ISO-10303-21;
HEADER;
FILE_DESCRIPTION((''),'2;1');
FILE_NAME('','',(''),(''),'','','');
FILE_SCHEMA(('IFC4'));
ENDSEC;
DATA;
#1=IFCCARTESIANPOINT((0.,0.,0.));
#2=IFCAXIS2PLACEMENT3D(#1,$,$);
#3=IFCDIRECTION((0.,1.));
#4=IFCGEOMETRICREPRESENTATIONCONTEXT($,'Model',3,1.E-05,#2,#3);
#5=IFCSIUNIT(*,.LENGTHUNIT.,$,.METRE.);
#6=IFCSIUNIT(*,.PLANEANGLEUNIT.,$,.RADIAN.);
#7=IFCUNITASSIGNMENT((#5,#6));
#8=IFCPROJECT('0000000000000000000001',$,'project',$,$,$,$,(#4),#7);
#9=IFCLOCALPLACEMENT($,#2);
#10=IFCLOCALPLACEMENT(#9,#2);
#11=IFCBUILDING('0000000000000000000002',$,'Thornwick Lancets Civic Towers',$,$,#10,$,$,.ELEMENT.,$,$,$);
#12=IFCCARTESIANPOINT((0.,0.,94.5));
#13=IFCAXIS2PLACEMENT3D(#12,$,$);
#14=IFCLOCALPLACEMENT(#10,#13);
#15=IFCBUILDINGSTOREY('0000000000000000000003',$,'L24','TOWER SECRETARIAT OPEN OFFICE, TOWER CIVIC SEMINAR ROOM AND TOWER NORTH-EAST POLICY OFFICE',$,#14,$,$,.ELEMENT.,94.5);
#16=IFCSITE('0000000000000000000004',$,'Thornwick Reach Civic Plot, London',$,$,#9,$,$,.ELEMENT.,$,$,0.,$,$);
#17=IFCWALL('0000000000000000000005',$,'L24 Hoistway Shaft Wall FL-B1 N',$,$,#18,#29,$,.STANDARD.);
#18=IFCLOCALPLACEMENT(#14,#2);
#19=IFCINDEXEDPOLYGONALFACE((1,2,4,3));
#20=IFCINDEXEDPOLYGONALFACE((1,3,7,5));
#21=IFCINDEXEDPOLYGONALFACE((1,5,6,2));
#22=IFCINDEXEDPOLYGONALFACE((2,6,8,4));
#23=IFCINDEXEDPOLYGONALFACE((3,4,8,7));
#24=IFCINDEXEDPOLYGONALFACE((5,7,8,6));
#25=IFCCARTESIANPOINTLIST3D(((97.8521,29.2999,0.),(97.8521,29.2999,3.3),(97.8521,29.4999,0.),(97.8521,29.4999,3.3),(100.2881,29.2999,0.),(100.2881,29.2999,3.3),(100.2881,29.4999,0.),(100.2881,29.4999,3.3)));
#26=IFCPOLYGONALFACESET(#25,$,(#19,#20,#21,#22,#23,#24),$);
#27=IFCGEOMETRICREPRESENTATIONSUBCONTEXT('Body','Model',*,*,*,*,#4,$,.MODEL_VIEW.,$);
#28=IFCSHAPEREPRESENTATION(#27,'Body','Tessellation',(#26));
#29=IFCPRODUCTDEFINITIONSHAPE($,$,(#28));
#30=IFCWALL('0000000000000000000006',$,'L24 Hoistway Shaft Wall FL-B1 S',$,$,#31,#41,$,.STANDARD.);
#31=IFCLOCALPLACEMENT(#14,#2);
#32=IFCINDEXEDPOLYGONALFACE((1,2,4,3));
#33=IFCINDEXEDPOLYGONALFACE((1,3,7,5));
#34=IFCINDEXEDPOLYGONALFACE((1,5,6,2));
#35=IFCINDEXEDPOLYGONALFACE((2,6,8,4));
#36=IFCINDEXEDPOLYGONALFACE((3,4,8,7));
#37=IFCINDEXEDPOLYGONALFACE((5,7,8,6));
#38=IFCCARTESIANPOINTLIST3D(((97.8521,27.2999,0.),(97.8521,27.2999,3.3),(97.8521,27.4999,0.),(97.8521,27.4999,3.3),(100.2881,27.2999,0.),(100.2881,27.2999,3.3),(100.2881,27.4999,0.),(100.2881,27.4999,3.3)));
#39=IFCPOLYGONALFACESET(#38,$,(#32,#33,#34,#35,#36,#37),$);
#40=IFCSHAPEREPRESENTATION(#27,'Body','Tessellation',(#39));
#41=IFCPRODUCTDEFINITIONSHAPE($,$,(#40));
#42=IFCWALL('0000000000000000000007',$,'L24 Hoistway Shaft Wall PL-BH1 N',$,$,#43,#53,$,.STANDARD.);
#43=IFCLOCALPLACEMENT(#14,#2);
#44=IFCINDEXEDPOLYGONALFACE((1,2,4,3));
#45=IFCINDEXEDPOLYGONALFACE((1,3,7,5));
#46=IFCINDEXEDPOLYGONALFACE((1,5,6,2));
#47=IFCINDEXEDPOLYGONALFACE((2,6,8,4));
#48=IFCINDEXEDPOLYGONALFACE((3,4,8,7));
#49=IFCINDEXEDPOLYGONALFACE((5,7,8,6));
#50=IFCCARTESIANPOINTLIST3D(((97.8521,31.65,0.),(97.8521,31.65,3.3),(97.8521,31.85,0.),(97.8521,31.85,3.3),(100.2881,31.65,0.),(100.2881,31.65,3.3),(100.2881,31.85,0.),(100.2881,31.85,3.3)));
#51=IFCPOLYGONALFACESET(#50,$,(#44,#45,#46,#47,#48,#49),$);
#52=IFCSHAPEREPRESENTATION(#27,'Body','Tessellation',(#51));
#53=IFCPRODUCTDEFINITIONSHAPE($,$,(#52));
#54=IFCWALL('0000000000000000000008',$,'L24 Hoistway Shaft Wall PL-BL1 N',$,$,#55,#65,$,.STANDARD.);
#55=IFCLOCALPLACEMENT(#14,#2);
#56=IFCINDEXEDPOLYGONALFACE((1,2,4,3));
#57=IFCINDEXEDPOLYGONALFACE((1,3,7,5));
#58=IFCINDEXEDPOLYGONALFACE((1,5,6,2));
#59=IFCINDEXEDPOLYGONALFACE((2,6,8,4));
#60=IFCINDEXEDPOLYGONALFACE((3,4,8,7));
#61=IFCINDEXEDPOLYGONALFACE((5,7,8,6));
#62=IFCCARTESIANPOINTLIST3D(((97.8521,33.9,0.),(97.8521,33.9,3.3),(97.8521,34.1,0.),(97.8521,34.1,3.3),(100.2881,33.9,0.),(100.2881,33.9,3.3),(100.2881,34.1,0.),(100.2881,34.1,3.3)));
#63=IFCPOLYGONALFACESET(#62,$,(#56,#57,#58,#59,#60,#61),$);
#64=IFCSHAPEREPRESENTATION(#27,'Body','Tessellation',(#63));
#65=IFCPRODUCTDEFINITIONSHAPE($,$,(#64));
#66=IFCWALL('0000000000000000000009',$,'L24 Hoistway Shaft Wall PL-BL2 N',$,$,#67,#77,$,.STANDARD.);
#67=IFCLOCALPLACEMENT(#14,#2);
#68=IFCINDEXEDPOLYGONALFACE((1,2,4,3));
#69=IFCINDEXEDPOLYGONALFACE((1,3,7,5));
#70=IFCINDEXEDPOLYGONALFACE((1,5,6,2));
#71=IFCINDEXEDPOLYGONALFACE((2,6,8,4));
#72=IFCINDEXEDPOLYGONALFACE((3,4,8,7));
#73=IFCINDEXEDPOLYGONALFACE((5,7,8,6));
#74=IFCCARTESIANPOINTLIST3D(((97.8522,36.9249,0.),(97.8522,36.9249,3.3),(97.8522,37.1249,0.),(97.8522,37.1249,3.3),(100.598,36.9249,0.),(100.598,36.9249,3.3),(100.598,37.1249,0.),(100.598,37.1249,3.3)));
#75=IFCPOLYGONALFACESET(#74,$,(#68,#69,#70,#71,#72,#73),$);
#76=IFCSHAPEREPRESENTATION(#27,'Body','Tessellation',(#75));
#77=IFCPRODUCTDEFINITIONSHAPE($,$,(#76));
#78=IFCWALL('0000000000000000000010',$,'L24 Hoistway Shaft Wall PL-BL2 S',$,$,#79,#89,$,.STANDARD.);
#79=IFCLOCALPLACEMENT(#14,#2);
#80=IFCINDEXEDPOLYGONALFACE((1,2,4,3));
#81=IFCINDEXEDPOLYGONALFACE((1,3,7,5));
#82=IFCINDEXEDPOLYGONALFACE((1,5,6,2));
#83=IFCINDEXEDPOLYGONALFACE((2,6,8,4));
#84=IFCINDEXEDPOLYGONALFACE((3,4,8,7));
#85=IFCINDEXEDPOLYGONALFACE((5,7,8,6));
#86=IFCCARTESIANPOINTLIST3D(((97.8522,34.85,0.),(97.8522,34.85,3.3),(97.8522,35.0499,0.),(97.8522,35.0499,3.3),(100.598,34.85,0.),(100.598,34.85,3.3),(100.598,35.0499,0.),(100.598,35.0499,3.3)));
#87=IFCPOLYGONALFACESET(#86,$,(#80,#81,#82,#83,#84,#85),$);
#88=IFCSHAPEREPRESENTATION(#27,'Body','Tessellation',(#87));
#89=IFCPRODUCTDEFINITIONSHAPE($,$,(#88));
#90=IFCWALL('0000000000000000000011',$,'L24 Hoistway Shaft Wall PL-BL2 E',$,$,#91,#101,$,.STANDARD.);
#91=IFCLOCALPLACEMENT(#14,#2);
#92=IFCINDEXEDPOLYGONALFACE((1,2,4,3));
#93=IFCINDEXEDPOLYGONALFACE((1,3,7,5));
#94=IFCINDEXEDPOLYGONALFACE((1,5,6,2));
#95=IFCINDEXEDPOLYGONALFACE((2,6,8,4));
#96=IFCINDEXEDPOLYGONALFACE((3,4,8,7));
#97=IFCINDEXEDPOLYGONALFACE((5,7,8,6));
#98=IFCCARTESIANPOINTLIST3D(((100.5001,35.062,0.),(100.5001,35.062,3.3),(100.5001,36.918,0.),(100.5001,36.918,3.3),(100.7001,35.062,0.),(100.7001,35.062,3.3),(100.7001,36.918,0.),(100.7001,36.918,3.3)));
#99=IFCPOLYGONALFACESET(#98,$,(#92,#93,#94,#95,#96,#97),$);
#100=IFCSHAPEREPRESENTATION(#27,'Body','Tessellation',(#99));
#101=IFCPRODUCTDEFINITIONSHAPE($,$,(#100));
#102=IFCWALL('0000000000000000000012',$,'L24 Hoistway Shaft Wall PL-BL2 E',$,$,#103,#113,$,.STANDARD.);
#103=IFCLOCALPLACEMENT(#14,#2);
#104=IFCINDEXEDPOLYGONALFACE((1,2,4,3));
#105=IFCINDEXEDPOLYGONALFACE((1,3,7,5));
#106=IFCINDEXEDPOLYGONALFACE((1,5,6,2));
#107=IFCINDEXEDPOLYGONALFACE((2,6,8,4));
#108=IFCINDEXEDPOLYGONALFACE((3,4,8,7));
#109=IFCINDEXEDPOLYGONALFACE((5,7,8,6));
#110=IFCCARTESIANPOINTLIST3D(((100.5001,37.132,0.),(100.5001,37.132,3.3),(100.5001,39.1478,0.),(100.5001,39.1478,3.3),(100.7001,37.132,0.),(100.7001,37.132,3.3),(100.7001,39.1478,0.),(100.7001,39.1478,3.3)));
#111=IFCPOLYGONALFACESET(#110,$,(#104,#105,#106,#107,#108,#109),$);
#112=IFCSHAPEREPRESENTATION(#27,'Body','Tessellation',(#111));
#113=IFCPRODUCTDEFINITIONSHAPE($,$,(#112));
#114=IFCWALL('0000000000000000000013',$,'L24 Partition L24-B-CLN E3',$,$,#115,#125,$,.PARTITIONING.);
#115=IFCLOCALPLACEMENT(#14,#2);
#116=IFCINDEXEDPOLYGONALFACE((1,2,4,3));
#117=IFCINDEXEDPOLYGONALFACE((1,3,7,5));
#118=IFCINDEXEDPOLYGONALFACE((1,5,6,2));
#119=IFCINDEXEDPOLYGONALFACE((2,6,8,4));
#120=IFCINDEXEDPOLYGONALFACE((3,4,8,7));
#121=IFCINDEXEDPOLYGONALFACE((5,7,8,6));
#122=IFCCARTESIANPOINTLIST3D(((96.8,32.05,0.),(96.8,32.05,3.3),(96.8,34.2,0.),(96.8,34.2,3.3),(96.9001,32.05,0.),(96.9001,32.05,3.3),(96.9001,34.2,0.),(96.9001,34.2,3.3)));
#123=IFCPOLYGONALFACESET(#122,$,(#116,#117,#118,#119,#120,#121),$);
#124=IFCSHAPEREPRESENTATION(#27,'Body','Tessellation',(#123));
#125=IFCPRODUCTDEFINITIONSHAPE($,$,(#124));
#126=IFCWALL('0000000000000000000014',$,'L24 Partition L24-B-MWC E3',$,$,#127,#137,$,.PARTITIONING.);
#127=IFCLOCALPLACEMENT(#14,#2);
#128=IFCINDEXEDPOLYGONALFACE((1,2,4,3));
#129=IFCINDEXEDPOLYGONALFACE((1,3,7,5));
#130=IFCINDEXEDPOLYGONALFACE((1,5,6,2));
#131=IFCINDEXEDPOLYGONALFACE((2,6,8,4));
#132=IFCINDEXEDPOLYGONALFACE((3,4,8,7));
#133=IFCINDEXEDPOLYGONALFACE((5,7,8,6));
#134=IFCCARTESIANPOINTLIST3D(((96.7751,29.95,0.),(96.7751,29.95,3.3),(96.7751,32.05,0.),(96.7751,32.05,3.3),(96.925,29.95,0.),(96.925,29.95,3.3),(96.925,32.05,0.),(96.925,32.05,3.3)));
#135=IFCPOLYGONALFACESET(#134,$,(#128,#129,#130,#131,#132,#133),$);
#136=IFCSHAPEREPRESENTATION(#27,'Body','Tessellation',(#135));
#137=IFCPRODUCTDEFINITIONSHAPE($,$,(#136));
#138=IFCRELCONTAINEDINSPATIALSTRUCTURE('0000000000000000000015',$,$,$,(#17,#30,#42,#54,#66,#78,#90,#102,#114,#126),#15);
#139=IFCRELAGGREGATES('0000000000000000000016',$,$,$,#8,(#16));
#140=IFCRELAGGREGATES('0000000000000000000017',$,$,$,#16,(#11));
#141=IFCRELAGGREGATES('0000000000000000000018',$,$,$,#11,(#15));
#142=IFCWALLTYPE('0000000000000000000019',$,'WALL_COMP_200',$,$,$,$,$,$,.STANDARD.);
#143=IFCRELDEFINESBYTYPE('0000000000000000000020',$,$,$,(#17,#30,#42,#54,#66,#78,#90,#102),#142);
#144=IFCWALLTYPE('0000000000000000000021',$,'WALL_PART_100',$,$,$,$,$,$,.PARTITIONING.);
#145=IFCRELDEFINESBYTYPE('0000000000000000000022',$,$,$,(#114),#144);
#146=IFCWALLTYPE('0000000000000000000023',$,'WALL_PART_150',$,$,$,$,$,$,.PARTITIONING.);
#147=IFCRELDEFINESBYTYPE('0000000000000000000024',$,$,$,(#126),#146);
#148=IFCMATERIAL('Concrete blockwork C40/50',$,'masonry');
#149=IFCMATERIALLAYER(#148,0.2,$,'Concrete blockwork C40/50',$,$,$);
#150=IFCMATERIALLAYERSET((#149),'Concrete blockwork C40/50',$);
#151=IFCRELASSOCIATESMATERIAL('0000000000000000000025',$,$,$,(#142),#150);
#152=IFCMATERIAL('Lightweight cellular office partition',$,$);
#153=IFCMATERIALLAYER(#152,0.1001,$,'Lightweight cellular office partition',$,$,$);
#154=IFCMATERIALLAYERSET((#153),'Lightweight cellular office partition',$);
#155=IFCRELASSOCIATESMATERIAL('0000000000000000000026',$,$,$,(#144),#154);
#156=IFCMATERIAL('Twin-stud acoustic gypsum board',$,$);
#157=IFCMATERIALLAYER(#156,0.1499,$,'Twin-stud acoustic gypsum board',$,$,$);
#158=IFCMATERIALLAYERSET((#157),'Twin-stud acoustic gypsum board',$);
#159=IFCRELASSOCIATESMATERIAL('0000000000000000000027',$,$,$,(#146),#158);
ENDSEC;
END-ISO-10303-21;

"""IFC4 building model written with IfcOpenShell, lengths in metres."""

from ifc_helpers import new_model, si_unit, direction, frame, frame_2d, origin, place, context, subcontext, project, spatial, rectangle, extrude, material, layer, layer_set, type_object, element, save


model = new_model("IFC4")

# Units and contexts
model_context = context("Model", 3, precision=1e-05, world=origin(), true_north=direction((0.0, 1.0)))
body_context = subcontext(model_context, "Body", "Model", "MODEL_VIEW")
ifc_project = project(units=[si_unit("LENGTHUNIT", "METRE"), si_unit("PLANEANGLEUNIT", "RADIAN")], contexts=[model_context])

# Site, building, storey
site_placement = place(None, origin())
site = spatial("IfcSite", under=ifc_project, at=site_placement, Name="Thornwick Reach Civic Plot, London", CompositionType="ELEMENT", RefElevation=0.0)
building_placement = place(site_placement, origin())
building = spatial("IfcBuilding", under=site, at=building_placement, Name="Thornwick Lancets Civic Towers", CompositionType="ELEMENT")
storey_placement = place(building_placement, frame((0.0, 0.0, 94.5)))
storey = spatial("IfcBuildingStorey", under=building, at=storey_placement, Name="L24", Description="TOWER SECRETARIAT OPEN OFFICE, TOWER CIVIC SEMINAR ROOM AND TOWER NORTH-EAST POLICY OFFICE", CompositionType="ELEMENT", Elevation=94.5)

# Shared definitions
ifc_material_1 = material(Name="Concrete blockwork C40/50", Category="masonry")
ifc_layer_1 = layer(ifc_material_1, 0.2, Name="Concrete blockwork C40/50")
ifc_layer_set_1 = layer_set([ifc_layer_1], Name="Concrete blockwork C40/50")
wall_type_1 = type_object("IfcWallType", Name="WALL_COMP_200", PredefinedType="STANDARD", material=ifc_layer_set_1)

# Walls
for number, where, z_axis, x_axis, name in (
    (1, (97.8521, 29.3999, 0.0), (0.0, 0.0, 1.0), (1.0, 0.0, 0.0), "L24 Hoistway Shaft Wall FL-B1 N"),
    (2, (97.8521, 27.3999, 0.0), (0.0, 0.0, 1.0), (1.0, 0.0, 0.0), "L24 Hoistway Shaft Wall FL-B1 S"),
    (3, (97.8521, 31.75, 0.0), (0.0, 0.0, 1.0), (1.0, 0.0, 0.0), "L24 Hoistway Shaft Wall PL-BH1 N"),
    (4, (97.8521, 34.0, 0.0), (0.0, 0.0, 1.0), (1.0, 0.0, 0.0), "L24 Hoistway Shaft Wall PL-BL1 N"),
):
    element("IfcWall", number, at=place(storey_placement, frame(where, z_axis=z_axis, x_axis=x_axis)), inside=storey, type_object=wall_type_1, Name=name, PredefinedType="STANDARD", context=body_context, shape_type="SweptSolid", body=[
        extrude(rectangle(XDim=2.436, YDim=0.2, at=frame_2d((1.218, 0.0))), origin(), (0.0, 0.0, 1.0), 3.3),
    ])
for number, where, z_axis, x_axis, name in (
    (5, (97.8521, 37.0249, 0.0), (0.0, 0.0, 1.0), (1.0, 0.0, 0.0), "L24 Hoistway Shaft Wall PL-BL2 N"),
    (6, (97.8521, 34.95, 0.0), (0.0, 0.0, 1.0), (1.0, 0.0, 0.0), "L24 Hoistway Shaft Wall PL-BL2 S"),
):
    element("IfcWall", number, at=place(storey_placement, frame(where, z_axis=z_axis, x_axis=x_axis)), inside=storey, type_object=wall_type_1, Name=name, PredefinedType="STANDARD", context=body_context, shape_type="SweptSolid", body=[
        extrude(rectangle(XDim=2.7458, YDim=0.2, at=frame_2d((1.373, 0.0))), origin(), (0.0, 0.0, 1.0), 3.3),
    ])
wall_1_placement = place(storey_placement, frame((100.6001, 35.062, 0.0), z_axis=(0.0, 0.0, 1.0), x_axis=(0.0, 1.0, 0.0)))
element("IfcWall", 7, at=wall_1_placement, inside=storey, type_object=wall_type_1, Name="L24 Hoistway Shaft Wall PL-BL2 E", PredefinedType="STANDARD", context=body_context, shape_type="SweptSolid", body=[
    extrude(rectangle(XDim=1.856, YDim=0.2, at=frame_2d((0.928, 0.0))), origin(), (0.0, 0.0, 1.0), 3.3),
])
wall_2_placement = place(storey_placement, frame((100.6001, 37.1321, 0.0), z_axis=(0.0, 0.0, 1.0), x_axis=(0.0, 1.0, 0.0)))
element("IfcWall", 8, at=wall_2_placement, inside=storey, type_object=wall_type_1, Name="L24 Hoistway Shaft Wall PL-BL2 E", PredefinedType="STANDARD", context=body_context, shape_type="SweptSolid", body=[
    extrude(rectangle(XDim=2.0159, YDim=0.2, at=frame_2d((1.0078, 0.0))), origin(), (0.0, 0.0, 1.0), 3.3),
])
ifc_material_2 = material(Name="Lightweight cellular office partition")
ifc_layer_2 = layer(ifc_material_2, 0.1001, Name="Lightweight cellular office partition")
ifc_layer_set_2 = layer_set([ifc_layer_2], Name="Lightweight cellular office partition")
wall_type_2 = type_object("IfcWallType", Name="WALL_PART_100", PredefinedType="PARTITIONING", material=ifc_layer_set_2)
wall_3_placement = place(storey_placement, frame((96.8501, 34.2, 0.0), z_axis=(0.0, 0.0, 1.0), x_axis=(0.0, -1.0, 0.0)))
element("IfcWall", 9, at=wall_3_placement, inside=storey, type_object=wall_type_2, Name="L24 Partition L24-B-CLN E3", PredefinedType="PARTITIONING", context=body_context, shape_type="SweptSolid", body=[
    extrude(rectangle(XDim=2.1499, YDim=0.1001, at=frame_2d((1.075, 0.0))), origin(), (0.0, 0.0, 1.0), 3.3),
])
ifc_material_3 = material(Name="Twin-stud acoustic gypsum board")
ifc_layer_3 = layer(ifc_material_3, 0.1499, Name="Twin-stud acoustic gypsum board")
ifc_layer_set_3 = layer_set([ifc_layer_3], Name="Twin-stud acoustic gypsum board")
wall_type_3 = type_object("IfcWallType", Name="WALL_PART_150", PredefinedType="PARTITIONING", material=ifc_layer_set_3)
wall_4_placement = place(storey_placement, frame((96.8501, 32.05, 0.0), z_axis=(0.0, 0.0, 1.0), x_axis=(0.0, -1.0, 0.0)))
element("IfcWall", 10, at=wall_4_placement, inside=storey, type_object=wall_type_3, Name="L24 Partition L24-B-MWC E3", PredefinedType="PARTITIONING", context=body_context, shape_type="SweptSolid", body=[
    extrude(rectangle(XDim=2.1001, YDim=0.1499, at=frame_2d((1.05, 0.0))), origin(), (0.0, 0.0, 1.0), 3.3),
])

save(model, "model.ifc")
